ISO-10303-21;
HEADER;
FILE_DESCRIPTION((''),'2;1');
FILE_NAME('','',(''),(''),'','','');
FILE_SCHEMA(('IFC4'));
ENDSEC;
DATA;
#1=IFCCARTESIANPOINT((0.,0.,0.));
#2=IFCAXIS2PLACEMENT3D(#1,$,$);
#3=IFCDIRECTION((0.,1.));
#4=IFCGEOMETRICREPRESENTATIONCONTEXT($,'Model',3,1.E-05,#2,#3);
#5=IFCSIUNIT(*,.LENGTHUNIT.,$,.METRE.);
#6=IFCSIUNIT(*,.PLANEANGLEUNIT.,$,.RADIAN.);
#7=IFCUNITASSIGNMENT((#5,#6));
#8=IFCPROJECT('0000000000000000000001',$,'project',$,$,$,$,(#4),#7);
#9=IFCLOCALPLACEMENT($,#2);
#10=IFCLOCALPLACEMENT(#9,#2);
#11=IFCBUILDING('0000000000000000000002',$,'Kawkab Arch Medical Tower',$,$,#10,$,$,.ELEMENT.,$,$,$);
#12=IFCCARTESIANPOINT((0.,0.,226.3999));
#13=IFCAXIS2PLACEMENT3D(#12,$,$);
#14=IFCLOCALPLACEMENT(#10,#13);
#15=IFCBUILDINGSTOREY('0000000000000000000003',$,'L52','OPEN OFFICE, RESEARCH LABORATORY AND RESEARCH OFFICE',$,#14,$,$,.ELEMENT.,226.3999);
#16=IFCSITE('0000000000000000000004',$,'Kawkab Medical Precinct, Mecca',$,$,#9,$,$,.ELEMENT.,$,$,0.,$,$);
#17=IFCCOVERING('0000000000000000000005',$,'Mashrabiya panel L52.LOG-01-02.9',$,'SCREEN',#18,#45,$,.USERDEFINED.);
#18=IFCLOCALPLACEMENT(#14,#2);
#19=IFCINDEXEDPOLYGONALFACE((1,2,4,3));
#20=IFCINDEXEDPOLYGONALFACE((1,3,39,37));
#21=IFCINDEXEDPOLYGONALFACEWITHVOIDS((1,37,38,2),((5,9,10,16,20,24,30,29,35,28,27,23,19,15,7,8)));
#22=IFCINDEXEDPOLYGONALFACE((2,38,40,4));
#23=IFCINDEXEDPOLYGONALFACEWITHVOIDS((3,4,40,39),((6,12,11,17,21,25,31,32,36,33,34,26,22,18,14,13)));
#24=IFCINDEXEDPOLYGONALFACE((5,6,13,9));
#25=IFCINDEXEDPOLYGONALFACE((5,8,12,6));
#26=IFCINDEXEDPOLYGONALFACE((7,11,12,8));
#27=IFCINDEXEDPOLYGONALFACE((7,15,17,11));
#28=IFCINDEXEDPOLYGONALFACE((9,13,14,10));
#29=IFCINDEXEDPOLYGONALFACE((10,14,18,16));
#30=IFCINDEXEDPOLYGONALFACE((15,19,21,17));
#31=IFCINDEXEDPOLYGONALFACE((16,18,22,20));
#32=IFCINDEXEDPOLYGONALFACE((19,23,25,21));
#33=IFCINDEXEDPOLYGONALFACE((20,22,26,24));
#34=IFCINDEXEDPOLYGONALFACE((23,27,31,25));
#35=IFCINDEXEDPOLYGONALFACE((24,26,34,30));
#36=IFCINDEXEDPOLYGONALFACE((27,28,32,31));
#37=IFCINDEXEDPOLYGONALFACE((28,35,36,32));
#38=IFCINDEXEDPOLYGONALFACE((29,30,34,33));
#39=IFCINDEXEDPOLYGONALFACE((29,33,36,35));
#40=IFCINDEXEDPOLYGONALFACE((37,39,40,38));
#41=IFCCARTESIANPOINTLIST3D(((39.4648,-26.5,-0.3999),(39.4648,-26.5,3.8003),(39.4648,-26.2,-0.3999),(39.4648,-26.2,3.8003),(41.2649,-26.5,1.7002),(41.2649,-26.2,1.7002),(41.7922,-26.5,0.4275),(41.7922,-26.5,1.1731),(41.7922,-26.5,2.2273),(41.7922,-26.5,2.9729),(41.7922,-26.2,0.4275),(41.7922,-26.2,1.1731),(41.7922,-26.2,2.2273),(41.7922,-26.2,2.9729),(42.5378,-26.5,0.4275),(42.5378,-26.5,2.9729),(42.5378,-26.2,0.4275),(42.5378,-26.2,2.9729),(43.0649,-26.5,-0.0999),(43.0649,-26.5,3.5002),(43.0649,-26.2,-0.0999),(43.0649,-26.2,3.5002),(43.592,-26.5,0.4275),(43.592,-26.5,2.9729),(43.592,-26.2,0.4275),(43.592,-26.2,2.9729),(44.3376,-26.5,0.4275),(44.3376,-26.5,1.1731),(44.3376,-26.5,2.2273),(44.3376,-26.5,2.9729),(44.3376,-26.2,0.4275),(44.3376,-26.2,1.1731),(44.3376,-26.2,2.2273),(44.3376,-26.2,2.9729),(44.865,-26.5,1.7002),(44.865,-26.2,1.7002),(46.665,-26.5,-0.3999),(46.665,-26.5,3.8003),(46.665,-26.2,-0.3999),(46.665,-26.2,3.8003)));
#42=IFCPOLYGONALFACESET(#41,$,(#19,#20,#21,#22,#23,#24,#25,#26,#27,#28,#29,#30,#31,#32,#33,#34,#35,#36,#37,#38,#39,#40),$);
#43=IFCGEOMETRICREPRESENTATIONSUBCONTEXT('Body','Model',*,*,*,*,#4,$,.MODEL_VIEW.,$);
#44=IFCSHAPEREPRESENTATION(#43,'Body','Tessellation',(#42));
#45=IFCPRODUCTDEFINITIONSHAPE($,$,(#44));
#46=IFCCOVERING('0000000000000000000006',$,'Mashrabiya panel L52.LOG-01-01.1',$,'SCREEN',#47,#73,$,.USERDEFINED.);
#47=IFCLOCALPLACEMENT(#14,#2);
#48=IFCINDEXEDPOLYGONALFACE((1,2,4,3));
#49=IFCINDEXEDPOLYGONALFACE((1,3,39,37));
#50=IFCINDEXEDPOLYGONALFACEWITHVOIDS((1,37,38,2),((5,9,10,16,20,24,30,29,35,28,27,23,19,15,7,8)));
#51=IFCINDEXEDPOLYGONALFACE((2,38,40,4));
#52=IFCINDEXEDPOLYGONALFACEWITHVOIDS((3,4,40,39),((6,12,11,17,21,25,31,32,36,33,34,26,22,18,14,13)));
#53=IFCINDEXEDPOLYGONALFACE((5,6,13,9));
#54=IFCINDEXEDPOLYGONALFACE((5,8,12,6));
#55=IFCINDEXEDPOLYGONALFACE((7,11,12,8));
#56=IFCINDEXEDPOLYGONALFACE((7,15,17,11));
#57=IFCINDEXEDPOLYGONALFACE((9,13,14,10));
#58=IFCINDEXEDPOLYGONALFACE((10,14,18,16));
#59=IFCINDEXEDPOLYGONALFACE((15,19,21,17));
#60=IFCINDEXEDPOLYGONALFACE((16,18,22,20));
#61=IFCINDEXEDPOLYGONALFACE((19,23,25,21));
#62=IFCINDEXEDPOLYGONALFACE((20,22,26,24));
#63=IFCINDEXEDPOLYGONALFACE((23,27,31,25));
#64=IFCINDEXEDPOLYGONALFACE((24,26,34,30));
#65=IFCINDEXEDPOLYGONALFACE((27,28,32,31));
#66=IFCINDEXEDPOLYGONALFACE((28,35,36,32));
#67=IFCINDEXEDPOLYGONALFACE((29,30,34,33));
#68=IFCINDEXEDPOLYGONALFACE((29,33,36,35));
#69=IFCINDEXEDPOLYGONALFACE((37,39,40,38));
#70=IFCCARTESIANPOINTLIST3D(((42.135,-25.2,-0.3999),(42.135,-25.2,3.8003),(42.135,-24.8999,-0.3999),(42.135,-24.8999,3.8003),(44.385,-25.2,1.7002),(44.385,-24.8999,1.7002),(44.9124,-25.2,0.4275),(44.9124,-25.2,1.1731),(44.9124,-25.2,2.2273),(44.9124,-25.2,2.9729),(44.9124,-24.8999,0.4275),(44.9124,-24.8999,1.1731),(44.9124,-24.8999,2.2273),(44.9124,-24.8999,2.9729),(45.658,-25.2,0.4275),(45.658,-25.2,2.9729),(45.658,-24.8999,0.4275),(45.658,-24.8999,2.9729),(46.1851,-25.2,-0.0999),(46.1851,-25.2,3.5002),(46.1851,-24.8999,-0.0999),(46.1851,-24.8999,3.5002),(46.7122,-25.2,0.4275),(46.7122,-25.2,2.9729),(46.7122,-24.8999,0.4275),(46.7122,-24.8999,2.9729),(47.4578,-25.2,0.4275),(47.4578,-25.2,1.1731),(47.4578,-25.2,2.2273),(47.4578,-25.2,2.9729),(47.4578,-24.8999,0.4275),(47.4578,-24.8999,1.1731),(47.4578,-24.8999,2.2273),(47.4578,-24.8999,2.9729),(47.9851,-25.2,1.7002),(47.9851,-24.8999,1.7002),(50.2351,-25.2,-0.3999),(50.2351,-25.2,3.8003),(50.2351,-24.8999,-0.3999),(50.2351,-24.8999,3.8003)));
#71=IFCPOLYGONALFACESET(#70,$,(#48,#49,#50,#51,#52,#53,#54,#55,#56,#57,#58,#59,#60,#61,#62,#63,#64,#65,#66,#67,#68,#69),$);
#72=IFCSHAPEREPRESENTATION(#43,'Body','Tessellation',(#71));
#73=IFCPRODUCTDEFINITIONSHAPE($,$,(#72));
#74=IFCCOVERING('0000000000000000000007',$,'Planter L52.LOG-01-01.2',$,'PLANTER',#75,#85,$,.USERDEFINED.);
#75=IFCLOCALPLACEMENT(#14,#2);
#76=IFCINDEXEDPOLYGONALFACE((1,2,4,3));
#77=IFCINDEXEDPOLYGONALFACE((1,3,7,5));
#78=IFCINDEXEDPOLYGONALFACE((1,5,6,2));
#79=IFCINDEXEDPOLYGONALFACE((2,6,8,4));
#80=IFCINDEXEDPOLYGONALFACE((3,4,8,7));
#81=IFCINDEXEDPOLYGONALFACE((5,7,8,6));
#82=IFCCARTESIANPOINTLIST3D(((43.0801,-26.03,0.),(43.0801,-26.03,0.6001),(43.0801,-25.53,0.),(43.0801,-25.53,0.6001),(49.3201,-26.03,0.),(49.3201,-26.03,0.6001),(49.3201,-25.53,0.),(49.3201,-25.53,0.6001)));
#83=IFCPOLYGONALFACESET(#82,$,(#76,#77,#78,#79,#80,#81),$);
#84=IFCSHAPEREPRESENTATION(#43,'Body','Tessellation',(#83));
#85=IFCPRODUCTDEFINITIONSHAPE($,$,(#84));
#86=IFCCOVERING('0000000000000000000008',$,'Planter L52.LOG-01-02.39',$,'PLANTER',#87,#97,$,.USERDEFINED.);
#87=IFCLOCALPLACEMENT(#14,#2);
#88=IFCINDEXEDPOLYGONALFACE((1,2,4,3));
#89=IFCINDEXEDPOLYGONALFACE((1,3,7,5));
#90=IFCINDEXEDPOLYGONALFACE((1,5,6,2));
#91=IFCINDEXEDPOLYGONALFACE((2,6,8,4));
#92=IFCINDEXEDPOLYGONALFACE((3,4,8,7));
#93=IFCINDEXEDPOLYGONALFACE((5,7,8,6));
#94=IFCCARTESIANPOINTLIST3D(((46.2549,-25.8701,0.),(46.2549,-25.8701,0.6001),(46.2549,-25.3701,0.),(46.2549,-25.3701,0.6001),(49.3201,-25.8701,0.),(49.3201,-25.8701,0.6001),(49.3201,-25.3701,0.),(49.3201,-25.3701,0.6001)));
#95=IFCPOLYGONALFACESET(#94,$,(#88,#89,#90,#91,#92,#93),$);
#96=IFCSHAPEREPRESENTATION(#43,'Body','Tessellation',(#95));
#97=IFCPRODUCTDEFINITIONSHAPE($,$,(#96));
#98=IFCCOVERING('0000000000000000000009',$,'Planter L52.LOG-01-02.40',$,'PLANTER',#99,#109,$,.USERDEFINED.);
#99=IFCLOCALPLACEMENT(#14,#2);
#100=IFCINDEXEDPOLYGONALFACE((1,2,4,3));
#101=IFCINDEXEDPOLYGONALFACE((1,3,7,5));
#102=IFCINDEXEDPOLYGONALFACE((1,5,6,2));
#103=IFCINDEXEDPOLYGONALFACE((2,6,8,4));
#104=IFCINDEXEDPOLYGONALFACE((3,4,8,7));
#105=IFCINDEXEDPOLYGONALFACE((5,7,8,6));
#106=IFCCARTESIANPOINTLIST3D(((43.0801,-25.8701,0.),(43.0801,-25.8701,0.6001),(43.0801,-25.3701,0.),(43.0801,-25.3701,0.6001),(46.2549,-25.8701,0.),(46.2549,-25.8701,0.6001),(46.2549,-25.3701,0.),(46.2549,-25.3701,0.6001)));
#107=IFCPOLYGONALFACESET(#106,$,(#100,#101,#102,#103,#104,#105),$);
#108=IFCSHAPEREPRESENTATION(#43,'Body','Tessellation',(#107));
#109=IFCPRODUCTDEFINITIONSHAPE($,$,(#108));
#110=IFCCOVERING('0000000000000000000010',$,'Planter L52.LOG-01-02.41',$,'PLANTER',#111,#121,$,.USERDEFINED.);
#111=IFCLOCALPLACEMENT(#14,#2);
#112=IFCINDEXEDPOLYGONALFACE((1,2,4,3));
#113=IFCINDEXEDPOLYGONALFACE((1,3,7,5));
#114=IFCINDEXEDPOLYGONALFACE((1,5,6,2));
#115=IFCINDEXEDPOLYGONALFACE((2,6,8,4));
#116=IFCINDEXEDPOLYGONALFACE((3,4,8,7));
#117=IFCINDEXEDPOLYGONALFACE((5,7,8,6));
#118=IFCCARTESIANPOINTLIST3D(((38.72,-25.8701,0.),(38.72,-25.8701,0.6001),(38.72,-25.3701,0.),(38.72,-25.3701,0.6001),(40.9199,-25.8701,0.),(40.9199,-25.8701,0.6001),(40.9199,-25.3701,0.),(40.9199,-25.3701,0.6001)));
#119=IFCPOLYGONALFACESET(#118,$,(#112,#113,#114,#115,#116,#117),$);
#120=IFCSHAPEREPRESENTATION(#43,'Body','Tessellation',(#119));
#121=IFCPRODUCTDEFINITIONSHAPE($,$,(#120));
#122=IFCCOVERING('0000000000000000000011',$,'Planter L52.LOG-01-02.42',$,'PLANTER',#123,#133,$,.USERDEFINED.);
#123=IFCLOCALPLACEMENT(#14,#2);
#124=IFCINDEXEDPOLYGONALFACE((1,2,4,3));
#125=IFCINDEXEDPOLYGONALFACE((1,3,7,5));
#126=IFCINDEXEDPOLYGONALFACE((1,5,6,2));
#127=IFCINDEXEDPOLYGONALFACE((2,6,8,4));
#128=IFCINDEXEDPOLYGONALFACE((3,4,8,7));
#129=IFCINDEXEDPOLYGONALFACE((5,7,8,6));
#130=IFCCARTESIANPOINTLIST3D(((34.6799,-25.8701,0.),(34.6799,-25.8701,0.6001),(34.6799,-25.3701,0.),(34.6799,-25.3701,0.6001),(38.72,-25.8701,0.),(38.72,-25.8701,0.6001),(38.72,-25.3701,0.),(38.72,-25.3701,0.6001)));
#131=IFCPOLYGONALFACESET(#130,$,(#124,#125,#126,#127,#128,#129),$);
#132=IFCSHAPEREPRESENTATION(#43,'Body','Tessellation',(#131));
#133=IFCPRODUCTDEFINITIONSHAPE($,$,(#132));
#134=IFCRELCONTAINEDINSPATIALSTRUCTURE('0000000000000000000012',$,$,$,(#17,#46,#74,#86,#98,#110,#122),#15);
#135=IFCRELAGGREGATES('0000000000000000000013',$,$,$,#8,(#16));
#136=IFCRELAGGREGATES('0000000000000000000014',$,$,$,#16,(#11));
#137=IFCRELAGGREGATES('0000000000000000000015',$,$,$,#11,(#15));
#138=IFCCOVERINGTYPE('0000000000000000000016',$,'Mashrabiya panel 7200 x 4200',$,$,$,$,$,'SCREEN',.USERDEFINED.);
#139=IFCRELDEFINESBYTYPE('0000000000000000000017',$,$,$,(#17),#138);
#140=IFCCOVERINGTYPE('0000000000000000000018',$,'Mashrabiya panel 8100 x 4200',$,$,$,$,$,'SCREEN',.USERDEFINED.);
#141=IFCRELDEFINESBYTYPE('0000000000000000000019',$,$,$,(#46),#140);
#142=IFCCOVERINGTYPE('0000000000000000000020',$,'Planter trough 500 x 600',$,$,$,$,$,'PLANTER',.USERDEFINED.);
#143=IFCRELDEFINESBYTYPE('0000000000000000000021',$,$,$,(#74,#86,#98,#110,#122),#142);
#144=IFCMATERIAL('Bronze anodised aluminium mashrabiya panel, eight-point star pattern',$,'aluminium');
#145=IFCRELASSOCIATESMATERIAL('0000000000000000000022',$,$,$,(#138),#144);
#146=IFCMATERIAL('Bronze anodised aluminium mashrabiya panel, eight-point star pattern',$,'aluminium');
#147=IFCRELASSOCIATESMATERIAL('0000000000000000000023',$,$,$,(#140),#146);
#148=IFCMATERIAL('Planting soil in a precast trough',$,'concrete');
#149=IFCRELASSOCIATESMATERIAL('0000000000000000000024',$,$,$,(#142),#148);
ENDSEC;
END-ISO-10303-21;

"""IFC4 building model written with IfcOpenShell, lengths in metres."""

from ifc_helpers import new_model, si_unit, direction, frame, origin, origin_2d, place, context, subcontext, project, spatial, polyline, rectangle, outline, extrude, material, material_profile, profile_set, type_object, element, save


model = new_model("IFC4")

# Units and contexts
model_context = context("Model", 3, precision=1e-05, world=origin(), true_north=direction((0.0, 1.0)))
body_context = subcontext(model_context, "Body", "Model", "MODEL_VIEW")
ifc_project = project(units=[si_unit("LENGTHUNIT", "METRE"), si_unit("PLANEANGLEUNIT", "RADIAN")], contexts=[model_context])

# Site, building, storey
site_placement = place(None, origin())
site = spatial("IfcSite", under=ifc_project, at=site_placement, Name="Kawkab Medical Precinct, Mecca", CompositionType="ELEMENT", RefElevation=0.0)
building_placement = place(site_placement, origin())
building = spatial("IfcBuilding", under=site, at=building_placement, Name="Kawkab Arch Medical Tower", CompositionType="ELEMENT")
storey_placement = place(building_placement, frame((0.0, 0.0, 226.3999)))
storey = spatial("IfcBuildingStorey", under=building, at=storey_placement, Name="L52", Description="OPEN OFFICE, RESEARCH LABORATORY AND RESEARCH OFFICE", CompositionType="ELEMENT", Elevation=226.3999)

# Coverings
ifc_material_1 = material(Name="Bronze anodised aluminium mashrabiya panel, eight-point star pattern", Category="aluminium")
ifc_material_profile_1 = material_profile(ifc_material_1, outline(polyline([(-3.6001, -2.1001), (3.6001, -2.1001), (3.6001, 2.1001), (-3.6001, 2.1001), (-3.6001, -2.1001)]), holes=[polyline([(1.8, 0.0), (1.2727, 0.5271), (1.2727, 1.2727), (0.5271, 1.2727), (0.0, 1.8), (-0.5271, 1.2727), (-1.2727, 1.2727), (-1.2727, 0.5271), (-1.8, 0.0), (-1.2727, -0.5271), (-1.2727, -1.2727), (-0.5271, -1.2727), (0.0, -1.8), (0.5271, -1.2727), (1.2727, -1.2727), (1.2727, -0.5271), (1.8, 0.0)])]), Name="Mashrabiya panel 7200x4200")
ifc_profile_set_1 = profile_set([ifc_material_profile_1], Name="Bronze anodised aluminium mashrabiya panel, eight-point star pattern")
covering_type_1 = type_object("IfcCoveringType", Name="Mashrabiya panel 7200 x 4200", ElementType="SCREEN", PredefinedType="USERDEFINED", material=ifc_profile_set_1)
covering_1_placement = place(storey_placement, frame((43.0649, -26.2, 1.7002), z_axis=(0.0, -1.0, 0.0), x_axis=(1.0, 0.0, 0.0)))
element("IfcCovering", 1, at=covering_1_placement, inside=storey, type_object=covering_type_1, Name="Mashrabiya panel L52.LOG-01-02.9", ObjectType="SCREEN", PredefinedType="USERDEFINED", context=body_context, shape_type="SweptSolid", body=[
    extrude(outline(polyline([(-3.6001, -2.1001), (3.6001, -2.1001), (3.6001, 2.1001), (-3.6001, 2.1001), (-3.6001, -2.1001)]), holes=[polyline([(1.8, 0.0), (1.2727, 0.5271), (1.2727, 1.2727), (0.5271, 1.2727), (0.0, 1.8), (-0.5271, 1.2727), (-1.2727, 1.2727), (-1.2727, 0.5271), (-1.8, 0.0), (-1.2727, -0.5271), (-1.2727, -1.2727), (-0.5271, -1.2727), (0.0, -1.8), (0.5271, -1.2727), (1.2727, -1.2727), (1.2727, -0.5271), (1.8, 0.0)])]), origin(), (0.0, 0.0, 1.0), 0.3),
])
ifc_material_2 = material(Name="Bronze anodised aluminium mashrabiya panel, eight-point star pattern", Category="aluminium")
ifc_material_profile_2 = material_profile(ifc_material_2, outline(polyline([(-4.05, -2.1001), (4.05, -2.1001), (4.05, 2.1001), (-4.05, 2.1001), (-4.05, -2.1001)]), holes=[polyline([(1.8, 0.0), (1.2727, 0.5271), (1.2727, 1.2727), (0.5271, 1.2727), (0.0, 1.8), (-0.5271, 1.2727), (-1.2727, 1.2727), (-1.2727, 0.5271), (-1.8, 0.0), (-1.2727, -0.5271), (-1.2727, -1.2727), (-0.5271, -1.2727), (0.0, -1.8), (0.5271, -1.2727), (1.2727, -1.2727), (1.2727, -0.5271), (1.8, 0.0)])]), Name="Mashrabiya panel 8100x4200")
ifc_profile_set_2 = profile_set([ifc_material_profile_2], Name="Bronze anodised aluminium mashrabiya panel, eight-point star pattern")
covering_type_2 = type_object("IfcCoveringType", Name="Mashrabiya panel 8100 x 4200", ElementType="SCREEN", PredefinedType="USERDEFINED", material=ifc_profile_set_2)
covering_2_placement = place(storey_placement, frame((46.1851, -25.2, 1.7002), z_axis=(0.0, 1.0, 0.0), x_axis=(-1.0, 0.0, 0.0)))
element("IfcCovering", 2, at=covering_2_placement, inside=storey, type_object=covering_type_2, Name="Mashrabiya panel L52.LOG-01-01.1", ObjectType="SCREEN", PredefinedType="USERDEFINED", context=body_context, shape_type="SweptSolid", body=[
    extrude(outline(polyline([(-4.05, -2.1001), (4.05, -2.1001), (4.05, 2.1001), (-4.05, 2.1001), (-4.05, -2.1001)]), holes=[polyline([(1.8, 0.0), (1.2727, 0.5271), (1.2727, 1.2727), (0.5271, 1.2727), (0.0, 1.8), (-0.5271, 1.2727), (-1.2727, 1.2727), (-1.2727, 0.5271), (-1.8, 0.0), (-1.2727, -0.5271), (-1.2727, -1.2727), (-0.5271, -1.2727), (0.0, -1.8), (0.5271, -1.2727), (1.2727, -1.2727), (1.2727, -0.5271), (1.8, 0.0)])]), origin(), (0.0, 0.0, 1.0), 0.3),
])
ifc_material_3 = material(Name="Planting soil in a precast trough", Category="concrete")
ifc_material_profile_3 = material_profile(ifc_material_3, rectangle(XDim=0.5, YDim=0.6001, at=origin_2d()), Name="Trough 500x600")
ifc_profile_set_3 = profile_set([ifc_material_profile_3], Name="Planting soil in a precast trough")
covering_type_3 = type_object("IfcCoveringType", Name="Planter trough 500 x 600", ElementType="PLANTER", PredefinedType="USERDEFINED", material=ifc_profile_set_3)
covering_3_placement = place(storey_placement, frame((43.0801, -25.78, 0.3), z_axis=(1.0, 0.0, 0.0), x_axis=(0.0, 1.0, 0.0)))
element("IfcCovering", 3, at=covering_3_placement, inside=storey, type_object=covering_type_3, Name="Planter L52.LOG-01-01.2", ObjectType="PLANTER", PredefinedType="USERDEFINED", context=body_context, shape_type="SweptSolid", body=[
    extrude(rectangle(XDim=0.5, YDim=0.6001, at=origin_2d()), origin(), (0.0, 0.0, 1.0), 6.24),
])
covering_4_placement = place(storey_placement, frame((49.3201, -25.6201, 0.3), z_axis=(-1.0, 0.0, 0.0), x_axis=(0.0, -1.0, 0.0)))
element("IfcCovering", 4, at=covering_4_placement, inside=storey, type_object=covering_type_3, Name="Planter L52.LOG-01-02.39", ObjectType="PLANTER", PredefinedType="USERDEFINED", context=body_context, shape_type="SweptSolid", body=[
    extrude(rectangle(XDim=0.5, YDim=0.6001, at=origin_2d()), origin(), (0.0, 0.0, 1.0), 3.0652),
])
covering_5_placement = place(storey_placement, frame((46.2549, -25.6201, 0.3), z_axis=(-1.0, 0.0, 0.0), x_axis=(0.0, -1.0, 0.0)))
element("IfcCovering", 5, at=covering_5_placement, inside=storey, type_object=covering_type_3, Name="Planter L52.LOG-01-02.40", ObjectType="PLANTER", PredefinedType="USERDEFINED", context=body_context, shape_type="SweptSolid", body=[
    extrude(rectangle(XDim=0.5, YDim=0.6001, at=origin_2d()), origin(), (0.0, 0.0, 1.0), 3.1748),
])
covering_6_placement = place(storey_placement, frame((40.9199, -25.6201, 0.3), z_axis=(-1.0, 0.0, 0.0), x_axis=(0.0, -1.0, 0.0)))
element("IfcCovering", 6, at=covering_6_placement, inside=storey, type_object=covering_type_3, Name="Planter L52.LOG-01-02.41", ObjectType="PLANTER", PredefinedType="USERDEFINED", context=body_context, shape_type="SweptSolid", body=[
    extrude(rectangle(XDim=0.5, YDim=0.6001, at=origin_2d()), origin(), (0.0, 0.0, 1.0), 2.2),
])
covering_7_placement = place(storey_placement, frame((38.72, -25.6201, 0.3), z_axis=(-1.0, 0.0, 0.0), x_axis=(0.0, -1.0, 0.0)))
element("IfcCovering", 7, at=covering_7_placement, inside=storey, type_object=covering_type_3, Name="Planter L52.LOG-01-02.42", ObjectType="PLANTER", PredefinedType="USERDEFINED", context=body_context, shape_type="SweptSolid", body=[
    extrude(rectangle(XDim=0.5, YDim=0.6001, at=origin_2d()), origin(), (0.0, 0.0, 1.0), 4.04),
])

save(model, "model.ifc")
